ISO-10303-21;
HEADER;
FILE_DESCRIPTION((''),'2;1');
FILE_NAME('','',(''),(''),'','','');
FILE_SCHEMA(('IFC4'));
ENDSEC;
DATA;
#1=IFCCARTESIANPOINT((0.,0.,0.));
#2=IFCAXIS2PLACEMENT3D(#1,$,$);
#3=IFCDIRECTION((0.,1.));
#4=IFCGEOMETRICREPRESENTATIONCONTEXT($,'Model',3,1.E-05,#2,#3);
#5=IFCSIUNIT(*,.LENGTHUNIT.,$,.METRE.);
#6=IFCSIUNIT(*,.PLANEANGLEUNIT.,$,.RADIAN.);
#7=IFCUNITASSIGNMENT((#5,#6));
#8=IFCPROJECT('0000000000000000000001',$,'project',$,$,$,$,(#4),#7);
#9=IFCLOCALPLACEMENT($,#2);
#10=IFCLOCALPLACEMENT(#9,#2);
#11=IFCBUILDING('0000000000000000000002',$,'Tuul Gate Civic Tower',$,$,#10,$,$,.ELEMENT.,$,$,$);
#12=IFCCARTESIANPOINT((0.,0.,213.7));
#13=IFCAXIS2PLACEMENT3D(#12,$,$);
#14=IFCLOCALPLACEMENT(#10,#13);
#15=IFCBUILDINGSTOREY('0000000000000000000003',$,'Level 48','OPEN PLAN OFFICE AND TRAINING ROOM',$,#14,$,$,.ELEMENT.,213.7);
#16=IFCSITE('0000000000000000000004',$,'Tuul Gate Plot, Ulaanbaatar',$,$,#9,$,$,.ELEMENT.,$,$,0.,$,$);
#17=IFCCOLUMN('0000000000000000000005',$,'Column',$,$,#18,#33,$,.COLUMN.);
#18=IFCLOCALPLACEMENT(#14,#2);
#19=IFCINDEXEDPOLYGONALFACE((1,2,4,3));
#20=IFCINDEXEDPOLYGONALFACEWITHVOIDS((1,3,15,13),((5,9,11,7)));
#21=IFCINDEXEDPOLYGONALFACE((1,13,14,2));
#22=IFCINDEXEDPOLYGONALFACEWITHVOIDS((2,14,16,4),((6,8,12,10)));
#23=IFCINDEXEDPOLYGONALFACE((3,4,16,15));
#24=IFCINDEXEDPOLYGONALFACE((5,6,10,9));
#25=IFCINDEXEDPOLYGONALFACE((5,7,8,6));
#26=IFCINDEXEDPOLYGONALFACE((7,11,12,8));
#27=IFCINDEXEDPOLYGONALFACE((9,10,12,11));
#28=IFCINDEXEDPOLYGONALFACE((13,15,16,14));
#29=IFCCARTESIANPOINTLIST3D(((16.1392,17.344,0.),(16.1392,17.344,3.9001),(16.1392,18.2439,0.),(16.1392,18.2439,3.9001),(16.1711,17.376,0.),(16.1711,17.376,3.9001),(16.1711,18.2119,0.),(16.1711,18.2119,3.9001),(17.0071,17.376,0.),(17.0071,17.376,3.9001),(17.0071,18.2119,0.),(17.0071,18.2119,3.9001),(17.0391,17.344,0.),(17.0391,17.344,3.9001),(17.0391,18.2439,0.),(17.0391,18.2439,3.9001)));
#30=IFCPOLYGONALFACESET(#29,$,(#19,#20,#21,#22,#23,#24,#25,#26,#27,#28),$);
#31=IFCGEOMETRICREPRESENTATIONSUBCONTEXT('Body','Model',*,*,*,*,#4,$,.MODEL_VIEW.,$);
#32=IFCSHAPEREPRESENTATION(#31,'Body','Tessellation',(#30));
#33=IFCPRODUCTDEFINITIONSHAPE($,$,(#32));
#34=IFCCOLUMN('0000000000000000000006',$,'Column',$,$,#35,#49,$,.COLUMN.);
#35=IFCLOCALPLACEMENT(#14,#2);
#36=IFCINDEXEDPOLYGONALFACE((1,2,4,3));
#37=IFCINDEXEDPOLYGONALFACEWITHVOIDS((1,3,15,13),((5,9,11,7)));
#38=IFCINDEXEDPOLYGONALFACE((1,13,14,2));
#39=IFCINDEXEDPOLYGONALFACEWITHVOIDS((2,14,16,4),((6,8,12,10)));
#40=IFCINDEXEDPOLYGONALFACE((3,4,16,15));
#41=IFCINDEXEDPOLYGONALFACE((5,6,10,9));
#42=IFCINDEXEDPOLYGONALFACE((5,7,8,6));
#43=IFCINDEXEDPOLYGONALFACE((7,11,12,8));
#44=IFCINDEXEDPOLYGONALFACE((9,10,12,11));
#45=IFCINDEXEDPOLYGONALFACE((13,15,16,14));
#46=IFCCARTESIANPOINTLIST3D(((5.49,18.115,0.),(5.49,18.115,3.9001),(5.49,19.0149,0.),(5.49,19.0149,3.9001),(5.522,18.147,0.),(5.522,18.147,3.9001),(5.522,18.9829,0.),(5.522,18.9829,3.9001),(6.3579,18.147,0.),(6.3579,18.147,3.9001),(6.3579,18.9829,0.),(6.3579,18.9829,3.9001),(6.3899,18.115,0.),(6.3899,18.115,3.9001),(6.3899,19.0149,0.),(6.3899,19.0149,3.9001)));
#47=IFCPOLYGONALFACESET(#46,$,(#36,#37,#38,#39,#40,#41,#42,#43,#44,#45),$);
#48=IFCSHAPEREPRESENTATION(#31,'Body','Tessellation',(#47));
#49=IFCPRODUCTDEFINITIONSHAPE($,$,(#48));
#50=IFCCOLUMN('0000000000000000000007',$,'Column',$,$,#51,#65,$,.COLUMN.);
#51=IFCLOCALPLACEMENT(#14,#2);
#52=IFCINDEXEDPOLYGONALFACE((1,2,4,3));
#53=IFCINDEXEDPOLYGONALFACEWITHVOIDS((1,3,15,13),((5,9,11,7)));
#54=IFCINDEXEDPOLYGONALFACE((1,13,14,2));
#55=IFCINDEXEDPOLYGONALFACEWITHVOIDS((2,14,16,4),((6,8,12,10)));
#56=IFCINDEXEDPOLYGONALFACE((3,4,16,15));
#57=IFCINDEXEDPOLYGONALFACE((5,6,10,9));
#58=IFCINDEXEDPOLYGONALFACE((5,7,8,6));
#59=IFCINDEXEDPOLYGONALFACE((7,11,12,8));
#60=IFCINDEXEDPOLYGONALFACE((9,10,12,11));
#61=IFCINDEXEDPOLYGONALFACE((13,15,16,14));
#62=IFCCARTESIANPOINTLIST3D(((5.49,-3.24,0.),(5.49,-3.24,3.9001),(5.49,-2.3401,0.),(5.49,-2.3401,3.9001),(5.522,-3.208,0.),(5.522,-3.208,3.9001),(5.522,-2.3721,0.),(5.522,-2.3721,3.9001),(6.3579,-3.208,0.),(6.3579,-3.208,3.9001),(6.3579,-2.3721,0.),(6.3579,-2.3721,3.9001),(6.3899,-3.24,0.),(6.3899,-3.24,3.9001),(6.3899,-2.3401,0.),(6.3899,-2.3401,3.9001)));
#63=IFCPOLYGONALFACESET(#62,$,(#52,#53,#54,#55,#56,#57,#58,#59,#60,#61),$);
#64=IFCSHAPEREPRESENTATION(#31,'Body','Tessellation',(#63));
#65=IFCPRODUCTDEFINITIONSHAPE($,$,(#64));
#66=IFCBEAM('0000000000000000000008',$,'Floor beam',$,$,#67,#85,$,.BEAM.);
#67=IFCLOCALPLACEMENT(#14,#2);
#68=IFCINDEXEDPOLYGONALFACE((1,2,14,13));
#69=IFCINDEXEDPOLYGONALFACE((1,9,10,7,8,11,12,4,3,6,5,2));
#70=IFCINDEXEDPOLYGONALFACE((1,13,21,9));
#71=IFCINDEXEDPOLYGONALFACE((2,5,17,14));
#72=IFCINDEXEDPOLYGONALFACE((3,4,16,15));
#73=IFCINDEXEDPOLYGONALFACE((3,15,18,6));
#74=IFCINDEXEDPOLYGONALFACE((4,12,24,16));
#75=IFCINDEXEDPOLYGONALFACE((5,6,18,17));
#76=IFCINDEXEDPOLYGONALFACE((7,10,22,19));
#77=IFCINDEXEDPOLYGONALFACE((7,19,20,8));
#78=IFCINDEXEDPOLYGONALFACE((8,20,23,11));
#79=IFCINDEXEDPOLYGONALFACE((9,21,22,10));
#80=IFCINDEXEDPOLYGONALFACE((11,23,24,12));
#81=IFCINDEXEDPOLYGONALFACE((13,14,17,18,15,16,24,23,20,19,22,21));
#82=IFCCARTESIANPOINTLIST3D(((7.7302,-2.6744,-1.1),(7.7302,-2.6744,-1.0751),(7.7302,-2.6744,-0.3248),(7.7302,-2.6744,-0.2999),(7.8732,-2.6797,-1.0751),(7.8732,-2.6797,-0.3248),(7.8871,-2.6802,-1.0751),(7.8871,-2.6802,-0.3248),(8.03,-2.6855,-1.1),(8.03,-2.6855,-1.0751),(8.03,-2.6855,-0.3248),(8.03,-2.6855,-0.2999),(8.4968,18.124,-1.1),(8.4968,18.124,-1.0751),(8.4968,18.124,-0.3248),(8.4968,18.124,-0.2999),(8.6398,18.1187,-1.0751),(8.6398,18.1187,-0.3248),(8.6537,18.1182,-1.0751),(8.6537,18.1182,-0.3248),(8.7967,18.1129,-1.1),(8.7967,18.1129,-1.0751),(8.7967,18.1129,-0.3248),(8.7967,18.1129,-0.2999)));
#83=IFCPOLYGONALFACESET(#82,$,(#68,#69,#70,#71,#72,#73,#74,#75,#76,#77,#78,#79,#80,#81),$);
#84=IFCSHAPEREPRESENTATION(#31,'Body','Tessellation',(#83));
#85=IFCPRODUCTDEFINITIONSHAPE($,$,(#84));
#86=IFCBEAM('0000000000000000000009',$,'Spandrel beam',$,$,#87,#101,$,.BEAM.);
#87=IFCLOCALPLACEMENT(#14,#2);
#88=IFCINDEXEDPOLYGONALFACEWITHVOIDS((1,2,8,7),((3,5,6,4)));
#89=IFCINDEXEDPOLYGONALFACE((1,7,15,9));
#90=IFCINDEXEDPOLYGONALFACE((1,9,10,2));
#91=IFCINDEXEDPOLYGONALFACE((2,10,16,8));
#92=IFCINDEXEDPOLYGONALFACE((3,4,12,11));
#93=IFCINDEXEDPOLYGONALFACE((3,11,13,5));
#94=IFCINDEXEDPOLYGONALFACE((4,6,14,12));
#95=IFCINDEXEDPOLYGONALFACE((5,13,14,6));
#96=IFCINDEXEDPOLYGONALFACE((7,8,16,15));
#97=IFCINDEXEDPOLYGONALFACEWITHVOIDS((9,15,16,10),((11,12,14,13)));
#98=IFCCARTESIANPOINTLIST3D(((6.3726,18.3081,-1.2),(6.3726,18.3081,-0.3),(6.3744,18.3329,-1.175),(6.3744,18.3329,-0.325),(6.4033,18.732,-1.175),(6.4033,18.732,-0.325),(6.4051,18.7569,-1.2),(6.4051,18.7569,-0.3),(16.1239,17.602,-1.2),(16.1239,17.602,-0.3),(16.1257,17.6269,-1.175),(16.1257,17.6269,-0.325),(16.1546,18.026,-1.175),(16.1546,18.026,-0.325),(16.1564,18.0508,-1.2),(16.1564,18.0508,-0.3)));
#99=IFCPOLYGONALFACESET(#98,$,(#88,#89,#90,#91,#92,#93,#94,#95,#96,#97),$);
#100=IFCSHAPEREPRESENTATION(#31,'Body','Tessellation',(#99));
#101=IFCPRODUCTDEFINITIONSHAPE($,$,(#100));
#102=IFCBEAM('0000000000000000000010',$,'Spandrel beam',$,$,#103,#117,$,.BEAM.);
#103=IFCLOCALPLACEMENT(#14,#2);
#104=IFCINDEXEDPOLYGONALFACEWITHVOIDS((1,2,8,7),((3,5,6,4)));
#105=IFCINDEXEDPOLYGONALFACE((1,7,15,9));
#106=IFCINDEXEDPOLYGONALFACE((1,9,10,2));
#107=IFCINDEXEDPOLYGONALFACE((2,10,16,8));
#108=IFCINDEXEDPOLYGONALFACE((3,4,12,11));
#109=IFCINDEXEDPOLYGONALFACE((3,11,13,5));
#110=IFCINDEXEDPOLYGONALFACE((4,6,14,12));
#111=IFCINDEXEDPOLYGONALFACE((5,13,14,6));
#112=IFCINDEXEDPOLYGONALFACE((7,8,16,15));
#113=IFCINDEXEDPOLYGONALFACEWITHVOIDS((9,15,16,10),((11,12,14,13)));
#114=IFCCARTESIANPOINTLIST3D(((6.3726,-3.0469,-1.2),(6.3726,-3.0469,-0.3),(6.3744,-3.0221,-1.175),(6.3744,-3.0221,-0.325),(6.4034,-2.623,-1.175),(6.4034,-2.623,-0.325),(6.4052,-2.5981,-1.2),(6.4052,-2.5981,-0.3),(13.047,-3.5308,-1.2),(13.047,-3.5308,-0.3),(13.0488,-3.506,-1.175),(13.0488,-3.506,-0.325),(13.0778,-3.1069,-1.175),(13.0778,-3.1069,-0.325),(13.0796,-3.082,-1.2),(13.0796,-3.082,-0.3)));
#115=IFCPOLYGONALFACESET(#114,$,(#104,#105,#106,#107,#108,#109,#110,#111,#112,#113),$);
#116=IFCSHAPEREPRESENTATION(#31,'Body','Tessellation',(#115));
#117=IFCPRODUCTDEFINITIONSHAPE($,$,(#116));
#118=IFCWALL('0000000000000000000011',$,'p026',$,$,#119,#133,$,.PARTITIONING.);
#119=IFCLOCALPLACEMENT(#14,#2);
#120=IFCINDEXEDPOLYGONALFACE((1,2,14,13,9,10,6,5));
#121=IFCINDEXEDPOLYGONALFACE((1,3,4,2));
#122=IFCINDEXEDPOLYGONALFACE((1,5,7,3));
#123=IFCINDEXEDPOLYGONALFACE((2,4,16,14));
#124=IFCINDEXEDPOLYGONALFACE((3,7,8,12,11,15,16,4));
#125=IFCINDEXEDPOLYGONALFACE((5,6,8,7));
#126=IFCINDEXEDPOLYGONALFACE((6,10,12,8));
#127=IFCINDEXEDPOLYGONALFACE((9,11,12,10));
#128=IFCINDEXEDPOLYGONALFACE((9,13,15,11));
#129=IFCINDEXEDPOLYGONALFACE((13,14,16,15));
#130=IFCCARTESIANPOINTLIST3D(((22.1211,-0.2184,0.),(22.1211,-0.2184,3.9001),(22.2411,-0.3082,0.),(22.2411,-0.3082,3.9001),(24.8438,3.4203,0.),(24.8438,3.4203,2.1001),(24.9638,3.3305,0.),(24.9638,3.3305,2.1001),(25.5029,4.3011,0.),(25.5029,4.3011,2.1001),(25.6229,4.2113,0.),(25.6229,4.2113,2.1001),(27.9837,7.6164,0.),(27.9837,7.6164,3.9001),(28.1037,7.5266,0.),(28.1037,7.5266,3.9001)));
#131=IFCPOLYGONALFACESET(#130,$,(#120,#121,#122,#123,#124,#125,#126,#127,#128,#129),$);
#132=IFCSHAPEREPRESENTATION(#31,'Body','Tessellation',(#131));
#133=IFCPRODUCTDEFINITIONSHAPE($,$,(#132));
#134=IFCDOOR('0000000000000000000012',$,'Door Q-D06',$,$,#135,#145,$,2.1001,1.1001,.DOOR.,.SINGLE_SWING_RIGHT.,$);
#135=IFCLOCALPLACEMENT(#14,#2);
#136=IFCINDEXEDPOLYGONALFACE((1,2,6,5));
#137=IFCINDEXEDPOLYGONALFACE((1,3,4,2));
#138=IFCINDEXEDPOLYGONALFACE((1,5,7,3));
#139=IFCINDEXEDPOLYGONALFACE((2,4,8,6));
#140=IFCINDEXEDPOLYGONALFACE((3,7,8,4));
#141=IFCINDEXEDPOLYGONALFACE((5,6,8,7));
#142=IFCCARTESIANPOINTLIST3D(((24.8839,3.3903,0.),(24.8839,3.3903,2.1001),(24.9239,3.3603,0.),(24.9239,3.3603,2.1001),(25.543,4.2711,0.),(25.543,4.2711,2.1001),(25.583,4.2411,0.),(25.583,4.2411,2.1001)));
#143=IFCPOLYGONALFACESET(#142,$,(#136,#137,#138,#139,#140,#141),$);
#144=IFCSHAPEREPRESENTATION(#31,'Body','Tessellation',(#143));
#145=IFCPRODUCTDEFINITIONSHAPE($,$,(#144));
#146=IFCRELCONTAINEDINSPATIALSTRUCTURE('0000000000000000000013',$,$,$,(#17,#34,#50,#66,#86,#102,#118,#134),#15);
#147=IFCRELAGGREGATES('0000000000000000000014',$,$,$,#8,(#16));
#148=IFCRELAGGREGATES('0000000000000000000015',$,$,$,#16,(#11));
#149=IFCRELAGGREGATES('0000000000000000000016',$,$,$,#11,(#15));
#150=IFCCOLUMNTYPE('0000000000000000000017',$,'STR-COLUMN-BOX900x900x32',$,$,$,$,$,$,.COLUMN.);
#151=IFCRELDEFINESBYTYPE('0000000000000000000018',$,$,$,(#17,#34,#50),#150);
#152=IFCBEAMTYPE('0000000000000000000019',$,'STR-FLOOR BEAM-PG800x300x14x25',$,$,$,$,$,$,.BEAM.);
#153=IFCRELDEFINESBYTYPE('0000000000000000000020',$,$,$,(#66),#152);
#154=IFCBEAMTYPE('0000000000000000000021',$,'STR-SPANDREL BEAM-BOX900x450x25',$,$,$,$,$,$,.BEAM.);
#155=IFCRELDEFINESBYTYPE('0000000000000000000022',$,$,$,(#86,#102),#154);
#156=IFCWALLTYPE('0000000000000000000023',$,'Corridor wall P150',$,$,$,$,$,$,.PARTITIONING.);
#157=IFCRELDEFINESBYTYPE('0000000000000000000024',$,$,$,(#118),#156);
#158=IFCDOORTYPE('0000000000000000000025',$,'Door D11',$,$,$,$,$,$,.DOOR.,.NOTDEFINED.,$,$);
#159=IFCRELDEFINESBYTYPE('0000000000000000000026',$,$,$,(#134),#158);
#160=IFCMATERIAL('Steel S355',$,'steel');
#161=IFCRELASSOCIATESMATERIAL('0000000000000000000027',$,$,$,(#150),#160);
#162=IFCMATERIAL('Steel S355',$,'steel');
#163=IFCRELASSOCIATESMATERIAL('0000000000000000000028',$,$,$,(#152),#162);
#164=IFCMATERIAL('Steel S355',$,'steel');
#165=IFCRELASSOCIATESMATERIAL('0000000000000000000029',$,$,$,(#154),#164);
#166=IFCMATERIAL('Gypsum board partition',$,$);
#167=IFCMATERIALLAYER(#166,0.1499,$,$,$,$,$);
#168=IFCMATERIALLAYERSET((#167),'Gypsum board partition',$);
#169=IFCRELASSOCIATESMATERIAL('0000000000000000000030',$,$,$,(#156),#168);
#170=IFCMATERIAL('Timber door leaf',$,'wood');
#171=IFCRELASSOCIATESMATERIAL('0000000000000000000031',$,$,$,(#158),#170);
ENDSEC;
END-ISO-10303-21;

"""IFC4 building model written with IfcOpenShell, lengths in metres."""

from ifc_helpers import new_model, si_unit, direction, frame, frame_2d, origin, origin_2d, place, context, subcontext, project, spatial, rectangle, hollow_rectangle, i_section, extrude, material, layer, layer_set, material_profile, profile_set, type_object, element, fill, save


model = new_model("IFC4")

# Units and contexts
model_context = context("Model", 3, precision=1e-05, world=origin(), true_north=direction((0.0, 1.0)))
body_context = subcontext(model_context, "Body", "Model", "MODEL_VIEW")
ifc_project = project(units=[si_unit("LENGTHUNIT", "METRE"), si_unit("PLANEANGLEUNIT", "RADIAN")], contexts=[model_context])

# Site, building, storey
site_placement = place(None, origin())
site = spatial("IfcSite", under=ifc_project, at=site_placement, Name="Tuul Gate Plot, Ulaanbaatar", CompositionType="ELEMENT", RefElevation=0.0)
building_placement = place(site_placement, origin())
building = spatial("IfcBuilding", under=site, at=building_placement, Name="Tuul Gate Civic Tower", CompositionType="ELEMENT")
storey_placement = place(building_placement, frame((0.0, 0.0, 213.7)))
storey = spatial("IfcBuildingStorey", under=building, at=storey_placement, Name="Level 48", Description="OPEN PLAN OFFICE AND TRAINING ROOM", CompositionType="ELEMENT", Elevation=213.7)

# Columns
ifc_material_1 = material(Name="Steel S355", Category="steel")
ifc_material_profile_1 = material_profile(ifc_material_1, hollow_rectangle(XDim=0.8999, YDim=0.8999, WallThickness=0.032, at=origin_2d()), Name="BOX900x900x32")
ifc_profile_set_1 = profile_set([ifc_material_profile_1], Name="Steel S355")
column_type = type_object("IfcColumnType", Name="STR-COLUMN-BOX900x900x32", PredefinedType="COLUMN", material=ifc_profile_set_1)
for number, where, z_axis, x_axis, name in (
    (1, (16.5891, 17.7939, 0.0), (0.0, 0.0, 1.0), (1.0, 0.0, 0.0), "Column"),
    (2, (5.9399, 18.5649, 0.0), (0.0, 0.0, 1.0), (1.0, 0.0, 0.0), "Column"),
    (3, (5.9399, -2.79, 0.0), (0.0, 0.0, 1.0), (1.0, 0.0, 0.0), "Column"),
):
    element("IfcColumn", number, at=place(storey_placement, frame(where, z_axis=z_axis, x_axis=x_axis)), inside=storey, type_object=column_type, Name=name, PredefinedType="COLUMN", context=body_context, shape_type="SweptSolid", body=[
        extrude(hollow_rectangle(XDim=0.8999, YDim=0.8999, WallThickness=0.032, at=origin_2d()), origin(), (0.0, 0.0, 1.0), 3.9001),
    ])

# Beams
ifc_material_2 = material(Name="Steel S355", Category="steel")
ifc_material_profile_2 = material_profile(ifc_material_2, i_section(OverallWidth=0.3, OverallDepth=0.8, WebThickness=0.0139, FlangeThickness=0.0249, at=origin_2d()), Name="PG800x300x14x25")
ifc_profile_set_2 = profile_set([ifc_material_profile_2], Name="Steel S355")
beam_type_1 = type_object("IfcBeamType", Name="STR-FLOOR BEAM-PG800x300x14x25", PredefinedType="BEAM", material=ifc_profile_set_2)
beam_1_placement = place(storey_placement, frame((7.8801, -2.6799, -0.7), z_axis=(0.036834, 0.999321, 0.0), x_axis=(-0.999321, 0.036834, 0.0)))
element("IfcBeam", 4, at=beam_1_placement, inside=storey, type_object=beam_type_1, Name="Floor beam", PredefinedType="BEAM", context=body_context, shape_type="SweptSolid", body=[
    extrude(i_section(OverallWidth=0.3, OverallDepth=0.8, WebThickness=0.0139, FlangeThickness=0.0249, at=origin_2d()), origin(), (0.0, 0.0, 1.0), 20.8125),
])
ifc_material_3 = material(Name="Steel S355", Category="steel")
ifc_material_profile_3 = material_profile(ifc_material_3, hollow_rectangle(XDim=0.45, YDim=0.8999, WallThickness=0.0249, at=origin_2d()), Name="BOX900x450x25")
ifc_profile_set_3 = profile_set([ifc_material_profile_3], Name="Steel S355")
beam_type_2 = type_object("IfcBeamType", Name="STR-SPANDREL BEAM-BOX900x450x25", PredefinedType="BEAM", material=ifc_profile_set_3)
beam_2_placement = place(storey_placement, frame((16.1401, 17.8264, -0.75), z_axis=(-0.997389, 0.072218, 0.0), x_axis=(-0.072218, -0.997389, 0.0)))
element("IfcBeam", 5, at=beam_2_placement, inside=storey, type_object=beam_type_2, Name="Spandrel beam", PredefinedType="BEAM", context=body_context, shape_type="SweptSolid", body=[
    extrude(hollow_rectangle(XDim=0.45, YDim=0.8999, WallThickness=0.0249, at=origin_2d()), origin(), (0.0, 0.0, 1.0), 9.7769),
])
beam_3_placement = place(storey_placement, frame((6.3889, -2.8225, -0.75), z_axis=(0.997382, -0.07231, 0.0), x_axis=(0.07231, 0.997382, 0.0)))
element("IfcBeam", 6, at=beam_3_placement, inside=storey, type_object=beam_type_2, Name="Spandrel beam", PredefinedType="BEAM", context=body_context, shape_type="SweptSolid", body=[
    extrude(hollow_rectangle(XDim=0.45, YDim=0.8999, WallThickness=0.0249, at=origin_2d()), origin(), (0.0, 0.0, 1.0), 6.6919),
])

# Wall, opening, door
ifc_material_4 = material(Name="Gypsum board partition")
ifc_layer_1 = layer(ifc_material_4, 0.1499)
ifc_layer_set_1 = layer_set([ifc_layer_1], Name="Gypsum board partition")
wall_type_1 = type_object("IfcWallType", Name="Corridor wall P150", PredefinedType="PARTITIONING", material=ifc_layer_set_1)
wall_1_placement = place(storey_placement, frame((22.1812, -0.2632, 0.0), z_axis=(0.0, 0.0, 1.0), x_axis=(0.599117, 0.800661, 0.0)))
wall_1 = element("IfcWall", 7, at=wall_1_placement, inside=storey, type_object=wall_type_1, Name="p026", PredefinedType="PARTITIONING", context=body_context, shape_type="SweptSolid", body=[
    extrude(rectangle(XDim=9.7854, YDim=0.1499, at=frame_2d((4.8926, 0.0))), origin(), (0.0, 0.0, 1.0), 3.9001),
])
opening_1_placement = place(wall_1_placement, frame((4.5444, 0.0, 0.0)))
opening_1 = element("IfcOpeningElement", 8, at=opening_1_placement, cuts=wall_1, PredefinedType="OPENING", context=body_context, shape_type="SweptSolid", body=[
    extrude(rectangle(XDim=1.1001, YDim=2.1001, at=frame_2d((0.55, 1.05))), frame((0.0, 0.085, 0.0), z_axis=(0.0, -1.0, 0.0), x_axis=(1.0, 0.0, 0.0)), (0.0, 0.0, 1.0), 0.1699),
])
ifc_material_5 = material(Name="Timber door leaf", Category="wood")
door_type_1 = type_object("IfcDoorType", Name="Door D11", OperationType="NOTDEFINED", PredefinedType="DOOR", material=ifc_material_5)
door_1_placement = place(opening_1_placement, origin())
door_1 = element("IfcDoor", 9, at=door_1_placement, inside=storey, type_object=door_type_1, Name="Door Q-D06", OperationType="SINGLE_SWING_RIGHT", OverallHeight=2.1001, OverallWidth=1.1001, PredefinedType="DOOR", context=body_context, shape_type="SweptSolid", body=[
    extrude(rectangle(XDim=1.1001, YDim=2.1001, at=frame_2d((0.55, 1.05))), frame((0.0, 0.0249, 0.0), z_axis=(0.0, -1.0, 0.0), x_axis=(1.0, 0.0, 0.0)), (0.0, 0.0, 1.0), 0.05),
])
fill(opening_1, door_1)

save(model, "model.ifc")
